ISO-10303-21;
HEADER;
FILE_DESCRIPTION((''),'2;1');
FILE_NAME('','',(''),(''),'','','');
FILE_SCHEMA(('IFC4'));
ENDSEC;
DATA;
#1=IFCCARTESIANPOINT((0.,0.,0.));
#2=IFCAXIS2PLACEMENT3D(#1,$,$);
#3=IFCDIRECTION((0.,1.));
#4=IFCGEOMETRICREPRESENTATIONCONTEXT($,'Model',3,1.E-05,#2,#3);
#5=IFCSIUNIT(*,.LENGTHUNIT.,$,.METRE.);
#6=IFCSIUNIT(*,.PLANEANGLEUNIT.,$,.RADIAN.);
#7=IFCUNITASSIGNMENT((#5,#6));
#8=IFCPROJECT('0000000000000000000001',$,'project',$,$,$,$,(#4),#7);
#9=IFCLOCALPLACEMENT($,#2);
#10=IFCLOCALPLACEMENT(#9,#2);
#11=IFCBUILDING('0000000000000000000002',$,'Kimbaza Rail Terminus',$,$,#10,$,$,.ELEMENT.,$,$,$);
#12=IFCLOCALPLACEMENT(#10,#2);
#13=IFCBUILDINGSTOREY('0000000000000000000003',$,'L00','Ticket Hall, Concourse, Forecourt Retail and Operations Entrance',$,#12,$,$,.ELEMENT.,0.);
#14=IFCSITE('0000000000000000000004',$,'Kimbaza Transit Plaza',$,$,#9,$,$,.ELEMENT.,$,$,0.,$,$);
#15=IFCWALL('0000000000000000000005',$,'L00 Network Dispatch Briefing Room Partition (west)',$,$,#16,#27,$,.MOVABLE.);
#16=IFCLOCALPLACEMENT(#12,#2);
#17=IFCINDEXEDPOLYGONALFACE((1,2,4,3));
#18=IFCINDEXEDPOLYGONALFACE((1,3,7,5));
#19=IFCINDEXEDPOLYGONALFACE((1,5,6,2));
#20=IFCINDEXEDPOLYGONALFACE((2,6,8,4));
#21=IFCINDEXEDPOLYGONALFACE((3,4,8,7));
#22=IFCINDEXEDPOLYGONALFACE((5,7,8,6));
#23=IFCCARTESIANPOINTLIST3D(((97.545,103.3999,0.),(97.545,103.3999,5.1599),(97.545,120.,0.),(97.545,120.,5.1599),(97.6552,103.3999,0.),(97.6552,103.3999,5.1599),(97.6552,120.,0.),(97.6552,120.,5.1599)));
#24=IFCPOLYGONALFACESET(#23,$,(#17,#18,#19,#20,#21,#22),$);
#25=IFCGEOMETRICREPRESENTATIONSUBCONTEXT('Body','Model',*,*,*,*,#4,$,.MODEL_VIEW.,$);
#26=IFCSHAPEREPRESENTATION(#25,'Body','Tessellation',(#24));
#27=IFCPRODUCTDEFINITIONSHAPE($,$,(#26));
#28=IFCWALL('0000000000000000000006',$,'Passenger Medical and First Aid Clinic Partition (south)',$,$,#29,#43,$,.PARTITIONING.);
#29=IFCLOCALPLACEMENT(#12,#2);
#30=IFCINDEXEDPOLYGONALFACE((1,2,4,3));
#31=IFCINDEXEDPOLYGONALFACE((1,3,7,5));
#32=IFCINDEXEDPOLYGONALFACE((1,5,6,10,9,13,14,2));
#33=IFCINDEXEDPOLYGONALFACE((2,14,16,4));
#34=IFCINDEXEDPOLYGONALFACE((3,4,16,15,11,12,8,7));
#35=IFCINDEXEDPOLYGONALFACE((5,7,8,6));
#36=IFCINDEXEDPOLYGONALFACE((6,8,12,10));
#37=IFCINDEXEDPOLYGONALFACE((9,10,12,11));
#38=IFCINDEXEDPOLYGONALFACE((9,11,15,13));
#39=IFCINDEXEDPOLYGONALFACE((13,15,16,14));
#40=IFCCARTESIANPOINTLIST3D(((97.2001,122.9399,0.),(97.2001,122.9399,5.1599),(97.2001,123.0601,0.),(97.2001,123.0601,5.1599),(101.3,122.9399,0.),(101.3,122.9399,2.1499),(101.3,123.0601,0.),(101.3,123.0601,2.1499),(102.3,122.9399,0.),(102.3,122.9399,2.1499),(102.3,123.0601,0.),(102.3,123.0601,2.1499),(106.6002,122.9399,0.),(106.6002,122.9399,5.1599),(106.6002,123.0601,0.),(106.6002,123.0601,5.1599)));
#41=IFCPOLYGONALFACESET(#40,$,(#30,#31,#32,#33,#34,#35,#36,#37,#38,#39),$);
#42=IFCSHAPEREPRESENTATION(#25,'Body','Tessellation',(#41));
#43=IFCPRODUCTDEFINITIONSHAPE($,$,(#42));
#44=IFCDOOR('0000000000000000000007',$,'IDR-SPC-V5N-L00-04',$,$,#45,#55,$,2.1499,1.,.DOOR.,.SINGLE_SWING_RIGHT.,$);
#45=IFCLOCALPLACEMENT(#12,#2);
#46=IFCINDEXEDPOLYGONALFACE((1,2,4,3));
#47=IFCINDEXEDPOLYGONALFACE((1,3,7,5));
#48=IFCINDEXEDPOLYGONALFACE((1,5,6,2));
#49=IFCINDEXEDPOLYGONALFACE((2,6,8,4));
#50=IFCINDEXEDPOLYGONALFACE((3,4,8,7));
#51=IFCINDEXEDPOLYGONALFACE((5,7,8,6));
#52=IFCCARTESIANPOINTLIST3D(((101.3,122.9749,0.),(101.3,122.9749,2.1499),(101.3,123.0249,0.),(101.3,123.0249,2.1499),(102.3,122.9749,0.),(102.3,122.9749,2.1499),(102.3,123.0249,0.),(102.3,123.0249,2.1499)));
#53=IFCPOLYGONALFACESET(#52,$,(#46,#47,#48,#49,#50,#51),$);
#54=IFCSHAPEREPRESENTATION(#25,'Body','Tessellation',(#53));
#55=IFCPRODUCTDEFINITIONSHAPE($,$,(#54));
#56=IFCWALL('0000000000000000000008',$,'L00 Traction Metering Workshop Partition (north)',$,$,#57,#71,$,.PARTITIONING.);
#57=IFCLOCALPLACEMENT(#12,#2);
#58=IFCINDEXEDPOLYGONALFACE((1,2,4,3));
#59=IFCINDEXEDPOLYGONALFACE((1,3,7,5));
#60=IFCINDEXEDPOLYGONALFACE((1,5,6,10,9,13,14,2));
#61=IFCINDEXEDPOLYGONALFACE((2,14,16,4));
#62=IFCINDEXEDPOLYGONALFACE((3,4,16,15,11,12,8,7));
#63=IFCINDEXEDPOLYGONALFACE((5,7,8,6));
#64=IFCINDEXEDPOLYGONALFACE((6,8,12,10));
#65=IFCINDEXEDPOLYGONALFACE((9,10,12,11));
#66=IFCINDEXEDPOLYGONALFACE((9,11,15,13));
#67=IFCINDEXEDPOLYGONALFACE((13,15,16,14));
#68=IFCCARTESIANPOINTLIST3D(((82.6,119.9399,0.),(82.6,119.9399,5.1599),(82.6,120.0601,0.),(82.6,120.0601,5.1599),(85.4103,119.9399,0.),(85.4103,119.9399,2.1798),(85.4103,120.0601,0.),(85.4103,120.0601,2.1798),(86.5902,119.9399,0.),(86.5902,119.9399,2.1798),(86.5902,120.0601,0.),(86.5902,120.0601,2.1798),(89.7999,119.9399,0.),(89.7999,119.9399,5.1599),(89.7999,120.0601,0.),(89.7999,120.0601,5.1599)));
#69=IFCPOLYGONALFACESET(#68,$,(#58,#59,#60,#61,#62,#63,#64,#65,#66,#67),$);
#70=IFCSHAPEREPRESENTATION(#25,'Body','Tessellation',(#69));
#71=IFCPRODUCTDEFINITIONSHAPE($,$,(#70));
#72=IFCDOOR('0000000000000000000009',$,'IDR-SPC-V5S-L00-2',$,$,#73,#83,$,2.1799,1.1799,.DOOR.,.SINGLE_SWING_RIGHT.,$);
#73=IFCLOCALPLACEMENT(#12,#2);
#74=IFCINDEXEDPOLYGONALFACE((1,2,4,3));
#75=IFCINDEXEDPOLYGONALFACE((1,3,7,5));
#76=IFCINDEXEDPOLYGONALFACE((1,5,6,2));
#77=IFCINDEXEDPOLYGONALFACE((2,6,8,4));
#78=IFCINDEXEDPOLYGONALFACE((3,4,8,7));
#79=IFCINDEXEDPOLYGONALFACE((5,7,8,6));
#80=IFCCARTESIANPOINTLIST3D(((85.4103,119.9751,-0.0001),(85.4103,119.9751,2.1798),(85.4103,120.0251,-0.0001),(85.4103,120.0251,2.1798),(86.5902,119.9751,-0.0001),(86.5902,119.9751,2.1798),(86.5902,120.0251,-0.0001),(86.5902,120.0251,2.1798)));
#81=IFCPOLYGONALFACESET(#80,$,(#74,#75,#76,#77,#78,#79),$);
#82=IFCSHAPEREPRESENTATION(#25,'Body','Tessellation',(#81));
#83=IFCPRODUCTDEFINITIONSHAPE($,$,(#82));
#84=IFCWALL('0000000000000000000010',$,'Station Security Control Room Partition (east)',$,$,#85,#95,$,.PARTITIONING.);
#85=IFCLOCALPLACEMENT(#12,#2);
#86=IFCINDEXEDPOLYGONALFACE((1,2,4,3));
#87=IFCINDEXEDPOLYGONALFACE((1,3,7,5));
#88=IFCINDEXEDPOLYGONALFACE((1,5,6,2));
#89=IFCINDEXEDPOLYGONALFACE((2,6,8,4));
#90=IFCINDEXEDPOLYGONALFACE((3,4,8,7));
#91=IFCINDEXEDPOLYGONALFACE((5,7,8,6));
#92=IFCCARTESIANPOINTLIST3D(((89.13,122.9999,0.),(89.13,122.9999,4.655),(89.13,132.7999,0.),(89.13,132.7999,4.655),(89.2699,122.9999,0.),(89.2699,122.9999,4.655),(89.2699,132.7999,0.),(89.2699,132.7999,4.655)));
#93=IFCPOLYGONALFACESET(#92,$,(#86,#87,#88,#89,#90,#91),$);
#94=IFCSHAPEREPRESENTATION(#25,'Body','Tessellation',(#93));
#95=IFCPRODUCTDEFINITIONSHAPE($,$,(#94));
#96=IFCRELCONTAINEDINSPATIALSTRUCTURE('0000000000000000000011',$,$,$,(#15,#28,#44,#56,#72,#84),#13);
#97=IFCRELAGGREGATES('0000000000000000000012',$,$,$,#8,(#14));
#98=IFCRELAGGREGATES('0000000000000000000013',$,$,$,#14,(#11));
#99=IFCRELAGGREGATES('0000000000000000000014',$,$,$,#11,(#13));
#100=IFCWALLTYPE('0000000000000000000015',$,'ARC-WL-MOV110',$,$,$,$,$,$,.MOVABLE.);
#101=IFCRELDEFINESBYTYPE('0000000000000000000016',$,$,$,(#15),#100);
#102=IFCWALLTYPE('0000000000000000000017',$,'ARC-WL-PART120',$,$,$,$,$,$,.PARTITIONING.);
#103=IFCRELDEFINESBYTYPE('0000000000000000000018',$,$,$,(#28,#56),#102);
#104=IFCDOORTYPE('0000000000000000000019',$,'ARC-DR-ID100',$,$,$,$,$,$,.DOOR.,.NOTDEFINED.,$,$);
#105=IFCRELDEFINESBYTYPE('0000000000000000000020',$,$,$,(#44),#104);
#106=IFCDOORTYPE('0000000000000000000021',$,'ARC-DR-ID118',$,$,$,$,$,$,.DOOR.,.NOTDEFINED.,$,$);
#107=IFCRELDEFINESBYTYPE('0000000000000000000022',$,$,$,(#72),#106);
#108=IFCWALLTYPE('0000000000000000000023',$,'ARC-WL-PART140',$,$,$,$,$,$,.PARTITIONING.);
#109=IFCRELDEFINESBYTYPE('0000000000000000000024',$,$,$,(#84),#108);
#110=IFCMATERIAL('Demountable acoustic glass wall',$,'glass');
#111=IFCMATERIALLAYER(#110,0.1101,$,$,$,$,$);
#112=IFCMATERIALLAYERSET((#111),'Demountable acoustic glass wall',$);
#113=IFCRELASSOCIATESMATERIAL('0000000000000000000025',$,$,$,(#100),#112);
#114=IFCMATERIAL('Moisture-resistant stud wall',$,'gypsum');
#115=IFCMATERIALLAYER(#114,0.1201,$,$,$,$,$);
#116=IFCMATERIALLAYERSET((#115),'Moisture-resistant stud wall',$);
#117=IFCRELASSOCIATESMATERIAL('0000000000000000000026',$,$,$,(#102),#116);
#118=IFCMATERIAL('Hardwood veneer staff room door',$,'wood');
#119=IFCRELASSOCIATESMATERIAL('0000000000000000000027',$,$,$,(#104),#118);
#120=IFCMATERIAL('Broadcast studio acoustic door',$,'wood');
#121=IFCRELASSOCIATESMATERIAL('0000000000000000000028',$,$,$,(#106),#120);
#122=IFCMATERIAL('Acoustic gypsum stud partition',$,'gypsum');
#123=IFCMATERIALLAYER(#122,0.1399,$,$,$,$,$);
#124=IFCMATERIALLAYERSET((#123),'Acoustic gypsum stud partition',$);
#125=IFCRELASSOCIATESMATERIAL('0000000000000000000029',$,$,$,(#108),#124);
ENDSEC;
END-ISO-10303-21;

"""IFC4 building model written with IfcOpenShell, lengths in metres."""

from ifc_helpers import new_model, si_unit, direction, frame, frame_2d, origin, place, context, subcontext, project, spatial, rectangle, extrude, material, layer, layer_set, type_object, element, fill, save


model = new_model("IFC4")

# Units and contexts
model_context = context("Model", 3, precision=1e-05, world=origin(), true_north=direction((0.0, 1.0)))
body_context = subcontext(model_context, "Body", "Model", "MODEL_VIEW")
ifc_project = project(units=[si_unit("LENGTHUNIT", "METRE"), si_unit("PLANEANGLEUNIT", "RADIAN")], contexts=[model_context])

# Site, building, storey
site_placement = place(None, origin())
site = spatial("IfcSite", under=ifc_project, at=site_placement, Name="Kimbaza Transit Plaza", CompositionType="ELEMENT", RefElevation=0.0)
building_placement = place(site_placement, origin())
building = spatial("IfcBuilding", under=site, at=building_placement, Name="Kimbaza Rail Terminus", CompositionType="ELEMENT")
storey_placement = place(building_placement, origin())
storey = spatial("IfcBuildingStorey", under=building, at=storey_placement, Name="L00", Description="Ticket Hall, Concourse, Forecourt Retail and Operations Entrance", CompositionType="ELEMENT", Elevation=0.0)

# Wall
ifc_material_1 = material(Name="Demountable acoustic glass wall", Category="glass")
ifc_layer_1 = layer(ifc_material_1, 0.1101)
ifc_layer_set_1 = layer_set([ifc_layer_1], Name="Demountable acoustic glass wall")
wall_type_1 = type_object("IfcWallType", Name="ARC-WL-MOV110", PredefinedType="MOVABLE", material=ifc_layer_set_1)
wall_1_placement = place(storey_placement, frame((97.6001, 120.0, 0.0), z_axis=(0.0, 0.0, 1.0), x_axis=(0.0, -1.0, 0.0)))
element("IfcWall", 1, at=wall_1_placement, inside=storey, type_object=wall_type_1, Name="L00 Network Dispatch Briefing Room Partition (west)", PredefinedType="MOVABLE", context=body_context, shape_type="SweptSolid", body=[
    extrude(rectangle(XDim=16.6001, YDim=0.1101, at=frame_2d((8.3, 0.0))), origin(), (0.0, 0.0, 1.0), 5.1599),
])

# Walls, openings, doors
ifc_material_2 = material(Name="Moisture-resistant stud wall", Category="gypsum")
ifc_layer_2 = layer(ifc_material_2, 0.1201)
ifc_layer_set_2 = layer_set([ifc_layer_2], Name="Moisture-resistant stud wall")
wall_type_2 = type_object("IfcWallType", Name="ARC-WL-PART120", PredefinedType="PARTITIONING", material=ifc_layer_set_2)
wall_2_placement = place(storey_placement, frame((97.2, 123.0, 0.0), z_axis=(0.0, 0.0, 1.0), x_axis=(1.0, 0.0, 0.0)))
wall_2 = element("IfcWall", 2, at=wall_2_placement, inside=storey, type_object=wall_type_2, Name="Passenger Medical and First Aid Clinic Partition (south)", PredefinedType="PARTITIONING", context=body_context, shape_type="SweptSolid", body=[
    extrude(rectangle(XDim=9.4001, YDim=0.1201, at=frame_2d((4.7002, 0.0))), origin(), (0.0, 0.0, 1.0), 5.1599),
])
opening_1_placement = place(wall_2_placement, frame((4.1001, 0.0, 0.0)))
opening_1 = element("IfcOpeningElement", 3, at=opening_1_placement, cuts=wall_2, PredefinedType="OPENING", context=body_context, shape_type="SweptSolid", body=[
    extrude(rectangle(XDim=1.0, YDim=2.1499, at=frame_2d((0.5, 1.075))), frame((0.0, 0.0701, 0.0), z_axis=(0.0, -1.0, 0.0), x_axis=(1.0, 0.0, 0.0)), (0.0, 0.0, 1.0), 0.1401),
])
ifc_material_3 = material(Name="Hardwood veneer staff room door", Category="wood")
door_type_1 = type_object("IfcDoorType", Name="ARC-DR-ID100", OperationType="NOTDEFINED", PredefinedType="DOOR", material=ifc_material_3)
door_1_placement = place(opening_1_placement, origin())
door_1 = element("IfcDoor", 4, at=door_1_placement, inside=storey, type_object=door_type_1, Name="IDR-SPC-V5N-L00-04", OperationType="SINGLE_SWING_RIGHT", OverallHeight=2.1499, OverallWidth=1.0, PredefinedType="DOOR", context=body_context, shape_type="SweptSolid", body=[
    extrude(rectangle(XDim=1.0, YDim=2.1499, at=frame_2d((0.5, 1.075))), frame((0.0, 0.0249, 0.0), z_axis=(0.0, -1.0, 0.0), x_axis=(1.0, 0.0, 0.0)), (0.0, 0.0, 1.0), 0.05),
])
fill(opening_1, door_1)
wall_3_placement = place(storey_placement, frame((89.8, 120.0, 0.0), z_axis=(0.0, 0.0, 1.0), x_axis=(-1.0, 0.0, 0.0)))
wall_3 = element("IfcWall", 5, at=wall_3_placement, inside=storey, type_object=wall_type_2, Name="L00 Traction Metering Workshop Partition (north)", PredefinedType="PARTITIONING", context=body_context, shape_type="SweptSolid", body=[
    extrude(rectangle(XDim=7.2, YDim=0.1201, at=frame_2d((3.6001, 0.0))), origin(), (0.0, 0.0, 1.0), 5.1599),
])
opening_2_placement = place(wall_3_placement, frame((3.21, 0.0, 0.0)))
opening_2 = element("IfcOpeningElement", 6, at=opening_2_placement, cuts=wall_3, PredefinedType="OPENING", context=body_context, shape_type="SweptSolid", body=[
    extrude(rectangle(XDim=1.1799, YDim=2.1799, at=frame_2d((0.5898, 1.0898))), frame((0.0, 0.0701, 0.0), z_axis=(0.0, -1.0, 0.0), x_axis=(1.0, 0.0, 0.0)), (0.0, 0.0, 1.0), 0.1401),
])
ifc_material_4 = material(Name="Broadcast studio acoustic door", Category="wood")
door_type_2 = type_object("IfcDoorType", Name="ARC-DR-ID118", OperationType="NOTDEFINED", PredefinedType="DOOR", material=ifc_material_4)
door_2_placement = place(opening_2_placement, origin())
door_2 = element("IfcDoor", 7, at=door_2_placement, inside=storey, type_object=door_type_2, Name="IDR-SPC-V5S-L00-2", OperationType="SINGLE_SWING_RIGHT", OverallHeight=2.1799, OverallWidth=1.1799, PredefinedType="DOOR", context=body_context, shape_type="SweptSolid", body=[
    extrude(rectangle(XDim=1.1799, YDim=2.1799, at=frame_2d((0.5898, 1.0898))), frame((0.0, 0.0249, 0.0), z_axis=(0.0, -1.0, 0.0), x_axis=(1.0, 0.0, 0.0)), (0.0, 0.0, 1.0), 0.05),
])
fill(opening_2, door_2)

# Wall
ifc_material_5 = material(Name="Acoustic gypsum stud partition", Category="gypsum")
ifc_layer_3 = layer(ifc_material_5, 0.1399)
ifc_layer_set_3 = layer_set([ifc_layer_3], Name="Acoustic gypsum stud partition")
wall_type_3 = type_object("IfcWallType", Name="ARC-WL-PART140", PredefinedType="PARTITIONING", material=ifc_layer_set_3)
wall_4_placement = place(storey_placement, frame((89.2, 123.0, 0.0), z_axis=(0.0, 0.0, 1.0), x_axis=(0.0, 1.0, 0.0)))
element("IfcWall", 8, at=wall_4_placement, inside=storey, type_object=wall_type_3, Name="Station Security Control Room Partition (east)", PredefinedType="PARTITIONING", context=body_context, shape_type="SweptSolid", body=[
    extrude(rectangle(XDim=9.8, YDim=0.1399, at=frame_2d((4.8999, 0.0))), origin(), (0.0, 0.0, 1.0), 4.655),
])

save(model, "model.ifc")
